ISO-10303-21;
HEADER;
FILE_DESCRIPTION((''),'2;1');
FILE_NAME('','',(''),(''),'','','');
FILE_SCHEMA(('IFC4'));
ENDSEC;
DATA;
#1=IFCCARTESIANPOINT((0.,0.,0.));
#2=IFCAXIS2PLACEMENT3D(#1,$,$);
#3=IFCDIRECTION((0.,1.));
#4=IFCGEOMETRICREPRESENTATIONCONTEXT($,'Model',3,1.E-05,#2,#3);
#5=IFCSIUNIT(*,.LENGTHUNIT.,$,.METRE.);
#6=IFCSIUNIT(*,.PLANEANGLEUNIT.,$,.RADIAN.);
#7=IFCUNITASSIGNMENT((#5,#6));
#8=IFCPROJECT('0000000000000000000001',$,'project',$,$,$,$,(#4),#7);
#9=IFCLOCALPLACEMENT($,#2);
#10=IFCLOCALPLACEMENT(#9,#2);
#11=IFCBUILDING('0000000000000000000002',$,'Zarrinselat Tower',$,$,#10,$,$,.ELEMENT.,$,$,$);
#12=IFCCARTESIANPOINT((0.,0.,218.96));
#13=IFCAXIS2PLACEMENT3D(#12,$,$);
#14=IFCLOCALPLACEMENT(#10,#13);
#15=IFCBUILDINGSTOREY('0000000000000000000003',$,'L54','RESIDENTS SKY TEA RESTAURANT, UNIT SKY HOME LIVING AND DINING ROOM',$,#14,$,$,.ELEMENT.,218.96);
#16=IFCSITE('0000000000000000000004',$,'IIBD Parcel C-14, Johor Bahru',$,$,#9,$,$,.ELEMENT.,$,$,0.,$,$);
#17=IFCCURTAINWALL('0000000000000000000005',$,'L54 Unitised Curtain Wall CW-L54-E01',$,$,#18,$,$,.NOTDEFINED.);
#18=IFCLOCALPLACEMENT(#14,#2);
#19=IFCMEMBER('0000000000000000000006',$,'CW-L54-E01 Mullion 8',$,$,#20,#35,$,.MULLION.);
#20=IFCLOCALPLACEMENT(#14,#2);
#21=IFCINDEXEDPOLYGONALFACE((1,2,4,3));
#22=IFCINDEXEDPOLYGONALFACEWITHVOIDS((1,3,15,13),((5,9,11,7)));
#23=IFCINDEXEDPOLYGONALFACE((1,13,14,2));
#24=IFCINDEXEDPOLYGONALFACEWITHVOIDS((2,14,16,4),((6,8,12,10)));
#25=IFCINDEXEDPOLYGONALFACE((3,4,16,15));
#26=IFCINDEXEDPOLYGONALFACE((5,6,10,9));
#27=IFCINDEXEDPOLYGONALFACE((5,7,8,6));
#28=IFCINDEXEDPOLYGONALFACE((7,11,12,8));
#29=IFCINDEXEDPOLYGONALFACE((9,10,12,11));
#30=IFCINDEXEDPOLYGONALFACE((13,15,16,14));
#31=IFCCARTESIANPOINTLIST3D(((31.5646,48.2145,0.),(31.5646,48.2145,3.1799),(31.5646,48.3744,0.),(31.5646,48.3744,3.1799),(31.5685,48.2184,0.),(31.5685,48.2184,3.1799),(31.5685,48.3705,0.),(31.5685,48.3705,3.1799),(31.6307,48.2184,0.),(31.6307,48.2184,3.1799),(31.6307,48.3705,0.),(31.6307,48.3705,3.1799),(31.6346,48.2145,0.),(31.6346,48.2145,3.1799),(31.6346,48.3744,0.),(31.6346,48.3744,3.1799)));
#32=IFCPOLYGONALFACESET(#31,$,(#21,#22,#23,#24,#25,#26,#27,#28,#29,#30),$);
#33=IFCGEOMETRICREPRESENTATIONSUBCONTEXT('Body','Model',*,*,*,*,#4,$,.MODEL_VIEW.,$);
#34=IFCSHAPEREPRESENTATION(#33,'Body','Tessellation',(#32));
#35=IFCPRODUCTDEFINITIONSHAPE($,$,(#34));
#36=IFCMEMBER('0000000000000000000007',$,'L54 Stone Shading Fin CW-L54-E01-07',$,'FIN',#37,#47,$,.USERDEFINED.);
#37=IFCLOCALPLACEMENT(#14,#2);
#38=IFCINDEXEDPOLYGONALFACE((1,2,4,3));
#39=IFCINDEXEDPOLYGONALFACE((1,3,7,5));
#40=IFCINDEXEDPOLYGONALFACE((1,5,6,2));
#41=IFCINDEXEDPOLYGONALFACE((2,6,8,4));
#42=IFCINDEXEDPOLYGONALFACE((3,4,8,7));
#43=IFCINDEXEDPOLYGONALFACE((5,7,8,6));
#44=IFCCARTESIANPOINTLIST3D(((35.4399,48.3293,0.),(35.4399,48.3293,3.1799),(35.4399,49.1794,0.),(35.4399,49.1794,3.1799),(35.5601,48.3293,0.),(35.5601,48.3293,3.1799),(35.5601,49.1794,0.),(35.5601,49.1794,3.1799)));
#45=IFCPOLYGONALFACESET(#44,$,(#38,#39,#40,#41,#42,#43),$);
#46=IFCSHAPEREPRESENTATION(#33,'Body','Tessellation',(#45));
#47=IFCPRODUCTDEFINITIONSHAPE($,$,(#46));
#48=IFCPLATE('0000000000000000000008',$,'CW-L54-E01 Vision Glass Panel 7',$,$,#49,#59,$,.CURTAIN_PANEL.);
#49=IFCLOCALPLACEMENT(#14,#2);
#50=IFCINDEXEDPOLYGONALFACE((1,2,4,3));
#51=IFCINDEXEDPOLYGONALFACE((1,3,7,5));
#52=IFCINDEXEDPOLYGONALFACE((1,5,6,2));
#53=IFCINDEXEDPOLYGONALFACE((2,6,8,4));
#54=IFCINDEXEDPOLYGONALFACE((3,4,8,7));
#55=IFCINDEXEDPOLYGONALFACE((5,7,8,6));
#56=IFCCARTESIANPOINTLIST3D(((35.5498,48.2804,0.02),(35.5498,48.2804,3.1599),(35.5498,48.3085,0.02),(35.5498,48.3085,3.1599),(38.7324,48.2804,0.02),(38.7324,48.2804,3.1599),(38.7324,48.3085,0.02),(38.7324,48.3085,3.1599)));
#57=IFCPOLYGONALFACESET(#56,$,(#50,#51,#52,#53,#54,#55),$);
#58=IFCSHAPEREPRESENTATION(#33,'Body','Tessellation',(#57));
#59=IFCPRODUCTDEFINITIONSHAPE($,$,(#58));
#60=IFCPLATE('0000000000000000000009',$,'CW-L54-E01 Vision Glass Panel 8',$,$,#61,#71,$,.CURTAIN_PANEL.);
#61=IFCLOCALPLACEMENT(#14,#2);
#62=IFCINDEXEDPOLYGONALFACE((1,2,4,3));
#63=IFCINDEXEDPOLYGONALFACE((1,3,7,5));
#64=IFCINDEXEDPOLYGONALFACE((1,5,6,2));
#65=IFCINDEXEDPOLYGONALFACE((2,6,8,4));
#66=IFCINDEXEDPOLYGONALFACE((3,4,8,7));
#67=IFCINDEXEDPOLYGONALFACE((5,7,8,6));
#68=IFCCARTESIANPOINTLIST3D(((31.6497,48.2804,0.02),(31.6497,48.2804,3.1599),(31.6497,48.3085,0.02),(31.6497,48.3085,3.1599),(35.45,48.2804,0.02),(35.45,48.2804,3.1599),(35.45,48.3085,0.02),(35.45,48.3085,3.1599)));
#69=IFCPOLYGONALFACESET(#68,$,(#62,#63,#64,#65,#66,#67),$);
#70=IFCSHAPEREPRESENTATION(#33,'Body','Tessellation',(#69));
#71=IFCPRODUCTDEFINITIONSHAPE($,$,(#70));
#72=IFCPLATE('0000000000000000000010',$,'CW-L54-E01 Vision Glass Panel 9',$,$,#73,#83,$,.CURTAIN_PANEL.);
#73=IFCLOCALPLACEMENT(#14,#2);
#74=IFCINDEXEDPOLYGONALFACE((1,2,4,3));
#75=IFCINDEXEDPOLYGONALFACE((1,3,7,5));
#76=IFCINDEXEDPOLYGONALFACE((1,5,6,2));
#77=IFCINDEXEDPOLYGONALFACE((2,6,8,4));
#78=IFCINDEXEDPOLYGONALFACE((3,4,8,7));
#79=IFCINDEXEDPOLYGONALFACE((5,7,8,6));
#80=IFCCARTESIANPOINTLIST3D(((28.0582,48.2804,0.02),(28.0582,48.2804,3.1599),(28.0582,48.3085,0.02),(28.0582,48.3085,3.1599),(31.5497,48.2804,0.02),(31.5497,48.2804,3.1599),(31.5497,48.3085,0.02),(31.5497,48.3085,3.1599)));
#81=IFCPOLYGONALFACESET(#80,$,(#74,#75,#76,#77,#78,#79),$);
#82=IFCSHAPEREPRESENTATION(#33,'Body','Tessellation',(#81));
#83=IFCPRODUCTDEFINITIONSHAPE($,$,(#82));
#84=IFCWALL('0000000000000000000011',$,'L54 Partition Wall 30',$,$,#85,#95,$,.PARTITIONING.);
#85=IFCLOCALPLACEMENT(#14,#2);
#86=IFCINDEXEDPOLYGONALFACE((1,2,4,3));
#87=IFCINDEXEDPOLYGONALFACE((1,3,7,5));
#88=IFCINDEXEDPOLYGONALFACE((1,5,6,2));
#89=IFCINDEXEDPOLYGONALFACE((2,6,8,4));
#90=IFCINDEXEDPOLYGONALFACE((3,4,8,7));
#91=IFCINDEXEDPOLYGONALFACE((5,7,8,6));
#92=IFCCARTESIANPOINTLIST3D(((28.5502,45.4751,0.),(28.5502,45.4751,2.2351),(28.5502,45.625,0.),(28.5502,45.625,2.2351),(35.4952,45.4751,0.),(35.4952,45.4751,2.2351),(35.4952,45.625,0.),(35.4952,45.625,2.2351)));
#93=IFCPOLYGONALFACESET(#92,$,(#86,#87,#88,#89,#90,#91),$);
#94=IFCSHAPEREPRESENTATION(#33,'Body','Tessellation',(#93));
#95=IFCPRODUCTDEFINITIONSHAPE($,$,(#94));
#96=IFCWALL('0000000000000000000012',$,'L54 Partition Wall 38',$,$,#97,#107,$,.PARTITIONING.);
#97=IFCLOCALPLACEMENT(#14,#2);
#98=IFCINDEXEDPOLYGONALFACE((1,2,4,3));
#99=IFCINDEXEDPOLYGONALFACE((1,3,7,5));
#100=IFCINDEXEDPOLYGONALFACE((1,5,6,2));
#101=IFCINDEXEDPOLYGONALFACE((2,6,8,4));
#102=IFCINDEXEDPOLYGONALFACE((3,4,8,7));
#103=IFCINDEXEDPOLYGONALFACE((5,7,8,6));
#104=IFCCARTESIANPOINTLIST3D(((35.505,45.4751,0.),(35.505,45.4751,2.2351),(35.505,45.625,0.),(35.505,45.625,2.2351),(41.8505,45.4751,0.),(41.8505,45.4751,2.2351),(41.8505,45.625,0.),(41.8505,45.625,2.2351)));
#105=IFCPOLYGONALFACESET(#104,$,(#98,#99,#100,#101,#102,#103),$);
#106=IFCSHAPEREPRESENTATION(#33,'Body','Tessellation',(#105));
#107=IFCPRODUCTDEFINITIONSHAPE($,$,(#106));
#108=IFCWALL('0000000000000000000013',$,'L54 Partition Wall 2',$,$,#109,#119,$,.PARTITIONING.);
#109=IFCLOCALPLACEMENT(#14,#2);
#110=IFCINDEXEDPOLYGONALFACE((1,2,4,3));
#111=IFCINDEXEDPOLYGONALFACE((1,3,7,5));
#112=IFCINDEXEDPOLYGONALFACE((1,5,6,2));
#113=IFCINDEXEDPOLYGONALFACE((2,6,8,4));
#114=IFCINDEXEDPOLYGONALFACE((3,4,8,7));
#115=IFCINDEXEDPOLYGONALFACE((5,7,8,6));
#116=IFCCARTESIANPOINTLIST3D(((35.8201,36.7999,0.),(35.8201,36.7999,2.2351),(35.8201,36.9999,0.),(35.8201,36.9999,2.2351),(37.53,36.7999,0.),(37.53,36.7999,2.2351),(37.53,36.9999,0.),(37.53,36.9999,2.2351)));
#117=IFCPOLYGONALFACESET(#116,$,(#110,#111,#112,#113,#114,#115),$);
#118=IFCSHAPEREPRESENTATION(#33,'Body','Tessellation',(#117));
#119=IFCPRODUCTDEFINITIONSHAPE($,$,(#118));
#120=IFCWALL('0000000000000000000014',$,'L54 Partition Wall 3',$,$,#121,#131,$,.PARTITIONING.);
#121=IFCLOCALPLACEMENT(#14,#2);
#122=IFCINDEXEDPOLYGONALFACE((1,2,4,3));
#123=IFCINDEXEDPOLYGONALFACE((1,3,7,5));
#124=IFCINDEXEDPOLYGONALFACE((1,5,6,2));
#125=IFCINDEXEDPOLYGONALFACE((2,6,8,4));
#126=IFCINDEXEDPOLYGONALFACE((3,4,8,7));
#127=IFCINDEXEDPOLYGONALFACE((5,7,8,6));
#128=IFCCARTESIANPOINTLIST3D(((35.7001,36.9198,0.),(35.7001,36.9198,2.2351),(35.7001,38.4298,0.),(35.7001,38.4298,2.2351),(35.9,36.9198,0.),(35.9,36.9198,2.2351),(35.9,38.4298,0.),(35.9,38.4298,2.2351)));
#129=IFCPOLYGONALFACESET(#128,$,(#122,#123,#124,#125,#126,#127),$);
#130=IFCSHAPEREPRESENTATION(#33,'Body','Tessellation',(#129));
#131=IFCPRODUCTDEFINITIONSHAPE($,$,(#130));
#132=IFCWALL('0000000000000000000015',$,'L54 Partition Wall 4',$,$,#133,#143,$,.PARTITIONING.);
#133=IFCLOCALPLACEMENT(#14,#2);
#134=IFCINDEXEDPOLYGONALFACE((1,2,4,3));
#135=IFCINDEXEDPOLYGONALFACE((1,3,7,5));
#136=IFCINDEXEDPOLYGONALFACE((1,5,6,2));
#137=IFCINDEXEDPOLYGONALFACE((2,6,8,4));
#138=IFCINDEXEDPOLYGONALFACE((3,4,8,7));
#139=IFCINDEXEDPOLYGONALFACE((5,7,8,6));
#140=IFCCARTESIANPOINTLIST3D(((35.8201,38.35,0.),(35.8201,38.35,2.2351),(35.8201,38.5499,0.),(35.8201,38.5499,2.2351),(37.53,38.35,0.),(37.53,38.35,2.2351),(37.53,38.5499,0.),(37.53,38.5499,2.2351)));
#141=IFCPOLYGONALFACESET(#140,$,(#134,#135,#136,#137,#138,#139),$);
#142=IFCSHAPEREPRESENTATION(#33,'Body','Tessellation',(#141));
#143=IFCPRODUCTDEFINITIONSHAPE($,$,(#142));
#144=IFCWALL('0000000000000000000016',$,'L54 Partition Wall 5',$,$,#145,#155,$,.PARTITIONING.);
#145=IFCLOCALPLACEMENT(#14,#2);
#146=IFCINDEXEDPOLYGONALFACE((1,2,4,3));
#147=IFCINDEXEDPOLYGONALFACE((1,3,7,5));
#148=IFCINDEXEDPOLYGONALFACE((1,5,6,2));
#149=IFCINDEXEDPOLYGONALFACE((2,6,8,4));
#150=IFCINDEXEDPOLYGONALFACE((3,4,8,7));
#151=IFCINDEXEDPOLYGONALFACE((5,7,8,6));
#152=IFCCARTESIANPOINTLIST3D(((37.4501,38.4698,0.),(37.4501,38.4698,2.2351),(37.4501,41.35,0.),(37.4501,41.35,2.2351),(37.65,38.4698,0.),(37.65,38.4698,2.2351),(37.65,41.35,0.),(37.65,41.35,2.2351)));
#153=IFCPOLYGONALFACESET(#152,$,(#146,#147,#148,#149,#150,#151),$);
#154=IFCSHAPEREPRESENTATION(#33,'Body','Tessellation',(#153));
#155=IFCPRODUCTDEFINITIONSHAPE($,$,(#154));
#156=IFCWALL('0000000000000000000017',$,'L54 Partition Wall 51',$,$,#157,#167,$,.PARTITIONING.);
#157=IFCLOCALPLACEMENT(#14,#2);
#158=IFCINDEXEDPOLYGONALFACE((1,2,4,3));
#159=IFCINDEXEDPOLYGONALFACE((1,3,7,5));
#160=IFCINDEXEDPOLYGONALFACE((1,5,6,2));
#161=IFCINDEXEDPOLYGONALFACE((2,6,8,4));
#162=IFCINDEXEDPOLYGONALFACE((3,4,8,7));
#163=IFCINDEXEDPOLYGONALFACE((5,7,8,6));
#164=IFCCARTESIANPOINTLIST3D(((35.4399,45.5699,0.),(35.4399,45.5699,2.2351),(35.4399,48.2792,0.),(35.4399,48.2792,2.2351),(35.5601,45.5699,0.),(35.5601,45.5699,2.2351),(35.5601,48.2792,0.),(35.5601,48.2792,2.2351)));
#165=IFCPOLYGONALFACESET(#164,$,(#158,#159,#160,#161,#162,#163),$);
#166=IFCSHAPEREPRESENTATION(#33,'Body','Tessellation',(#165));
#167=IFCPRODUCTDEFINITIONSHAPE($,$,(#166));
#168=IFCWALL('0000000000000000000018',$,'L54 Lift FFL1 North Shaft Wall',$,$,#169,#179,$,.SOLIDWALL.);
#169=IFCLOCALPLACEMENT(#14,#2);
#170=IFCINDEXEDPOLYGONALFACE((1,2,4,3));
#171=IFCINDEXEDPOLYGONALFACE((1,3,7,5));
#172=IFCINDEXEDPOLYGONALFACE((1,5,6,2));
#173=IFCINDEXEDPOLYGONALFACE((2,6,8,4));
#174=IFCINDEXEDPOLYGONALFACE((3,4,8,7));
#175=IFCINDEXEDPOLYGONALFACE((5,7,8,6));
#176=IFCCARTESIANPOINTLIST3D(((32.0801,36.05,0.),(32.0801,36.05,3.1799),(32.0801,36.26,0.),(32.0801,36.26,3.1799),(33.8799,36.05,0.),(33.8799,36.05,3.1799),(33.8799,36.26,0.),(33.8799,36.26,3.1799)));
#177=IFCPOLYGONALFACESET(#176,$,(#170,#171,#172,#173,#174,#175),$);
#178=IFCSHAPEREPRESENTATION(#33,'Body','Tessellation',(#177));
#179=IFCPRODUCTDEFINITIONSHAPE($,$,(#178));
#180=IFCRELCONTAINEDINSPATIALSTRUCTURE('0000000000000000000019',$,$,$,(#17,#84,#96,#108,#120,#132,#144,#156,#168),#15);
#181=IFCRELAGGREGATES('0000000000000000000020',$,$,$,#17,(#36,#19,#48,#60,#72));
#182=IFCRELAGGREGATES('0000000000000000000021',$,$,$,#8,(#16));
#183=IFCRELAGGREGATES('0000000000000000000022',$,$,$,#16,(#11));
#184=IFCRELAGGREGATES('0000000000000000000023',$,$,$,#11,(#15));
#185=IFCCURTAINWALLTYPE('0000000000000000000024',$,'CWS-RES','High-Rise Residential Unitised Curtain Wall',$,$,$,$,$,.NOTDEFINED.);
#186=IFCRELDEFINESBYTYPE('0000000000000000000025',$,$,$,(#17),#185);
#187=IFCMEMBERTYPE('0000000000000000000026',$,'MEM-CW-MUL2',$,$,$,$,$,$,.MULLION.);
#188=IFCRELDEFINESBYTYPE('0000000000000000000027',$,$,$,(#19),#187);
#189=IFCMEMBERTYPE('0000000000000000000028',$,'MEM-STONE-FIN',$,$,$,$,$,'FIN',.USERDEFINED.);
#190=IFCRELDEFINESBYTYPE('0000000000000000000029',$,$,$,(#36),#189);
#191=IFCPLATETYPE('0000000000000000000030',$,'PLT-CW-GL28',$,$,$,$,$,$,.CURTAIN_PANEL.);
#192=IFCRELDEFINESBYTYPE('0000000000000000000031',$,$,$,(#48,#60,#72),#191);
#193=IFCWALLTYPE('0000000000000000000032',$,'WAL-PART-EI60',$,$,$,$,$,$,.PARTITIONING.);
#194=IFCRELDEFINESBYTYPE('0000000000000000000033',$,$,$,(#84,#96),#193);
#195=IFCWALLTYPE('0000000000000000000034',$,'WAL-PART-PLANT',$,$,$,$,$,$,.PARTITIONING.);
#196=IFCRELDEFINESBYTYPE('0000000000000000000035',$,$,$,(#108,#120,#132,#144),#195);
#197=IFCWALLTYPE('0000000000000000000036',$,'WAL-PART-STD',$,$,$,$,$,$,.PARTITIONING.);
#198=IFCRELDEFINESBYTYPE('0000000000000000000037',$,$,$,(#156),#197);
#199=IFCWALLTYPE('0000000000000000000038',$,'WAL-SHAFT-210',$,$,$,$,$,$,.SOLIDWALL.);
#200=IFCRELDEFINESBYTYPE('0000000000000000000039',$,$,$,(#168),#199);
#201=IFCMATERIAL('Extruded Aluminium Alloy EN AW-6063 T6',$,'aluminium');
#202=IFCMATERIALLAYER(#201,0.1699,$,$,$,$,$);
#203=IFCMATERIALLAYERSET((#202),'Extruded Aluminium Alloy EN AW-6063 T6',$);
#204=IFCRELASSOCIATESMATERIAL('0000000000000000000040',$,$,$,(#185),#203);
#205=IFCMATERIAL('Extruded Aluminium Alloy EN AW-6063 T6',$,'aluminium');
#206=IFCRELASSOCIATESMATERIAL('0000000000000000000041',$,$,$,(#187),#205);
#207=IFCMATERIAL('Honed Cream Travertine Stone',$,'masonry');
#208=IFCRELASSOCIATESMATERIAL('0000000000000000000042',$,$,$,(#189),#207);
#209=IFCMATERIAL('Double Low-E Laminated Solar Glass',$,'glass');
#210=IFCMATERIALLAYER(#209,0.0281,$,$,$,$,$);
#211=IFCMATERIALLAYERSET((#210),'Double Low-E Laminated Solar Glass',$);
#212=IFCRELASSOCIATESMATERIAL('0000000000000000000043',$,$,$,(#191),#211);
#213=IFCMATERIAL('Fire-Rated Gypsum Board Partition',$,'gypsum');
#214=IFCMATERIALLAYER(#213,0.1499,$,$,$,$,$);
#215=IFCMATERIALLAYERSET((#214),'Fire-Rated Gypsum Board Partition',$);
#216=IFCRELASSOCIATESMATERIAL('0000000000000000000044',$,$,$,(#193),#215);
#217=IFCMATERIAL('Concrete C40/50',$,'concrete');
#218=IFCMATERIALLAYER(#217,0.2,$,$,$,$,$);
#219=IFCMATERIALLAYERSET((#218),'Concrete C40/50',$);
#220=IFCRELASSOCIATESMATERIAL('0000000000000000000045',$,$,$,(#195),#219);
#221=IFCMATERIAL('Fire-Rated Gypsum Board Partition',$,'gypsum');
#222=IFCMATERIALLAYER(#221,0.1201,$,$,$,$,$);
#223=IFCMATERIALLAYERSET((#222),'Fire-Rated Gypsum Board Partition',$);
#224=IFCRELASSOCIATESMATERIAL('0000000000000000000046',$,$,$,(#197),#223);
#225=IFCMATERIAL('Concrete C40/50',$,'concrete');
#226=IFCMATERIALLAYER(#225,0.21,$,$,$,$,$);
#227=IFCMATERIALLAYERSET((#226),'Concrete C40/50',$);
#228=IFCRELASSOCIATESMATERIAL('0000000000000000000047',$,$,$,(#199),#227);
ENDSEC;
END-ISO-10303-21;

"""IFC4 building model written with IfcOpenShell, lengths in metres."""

from ifc_helpers import new_model, si_unit, direction, frame, frame_2d, origin, origin_2d, place, context, subcontext, project, spatial, rectangle, hollow_rectangle, extrude, material, layer, layer_set, material_profile, profile_set, type_object, element, aggregate, save


model = new_model("IFC4")

# Units and contexts
model_context = context("Model", 3, precision=1e-05, world=origin(), true_north=direction((0.0, 1.0)))
body_context = subcontext(model_context, "Body", "Model", "MODEL_VIEW")
ifc_project = project(units=[si_unit("LENGTHUNIT", "METRE"), si_unit("PLANEANGLEUNIT", "RADIAN")], contexts=[model_context])

# Site, building, storey
site_placement = place(None, origin())
site = spatial("IfcSite", under=ifc_project, at=site_placement, Name="IIBD Parcel C-14, Johor Bahru", CompositionType="ELEMENT", RefElevation=0.0)
building_placement = place(site_placement, origin())
building = spatial("IfcBuilding", under=site, at=building_placement, Name="Zarrinselat Tower", CompositionType="ELEMENT")
storey_placement = place(building_placement, frame((0.0, 0.0, 218.96)))
storey = spatial("IfcBuildingStorey", under=building, at=storey_placement, Name="L54", Description="RESIDENTS SKY TEA RESTAURANT, UNIT SKY HOME LIVING AND DINING ROOM", CompositionType="ELEMENT", Elevation=218.96)

# Curtain wall, members, plates
ifc_material_1 = material(Name="Extruded Aluminium Alloy EN AW-6063 T6", Category="aluminium")
ifc_layer_1 = layer(ifc_material_1, 0.1699)
ifc_layer_set_1 = layer_set([ifc_layer_1], Name="Extruded Aluminium Alloy EN AW-6063 T6")
curtain_wall_type = type_object("IfcCurtainWallType", Name="CWS-RES", Description="High-Rise Residential Unitised Curtain Wall", PredefinedType="NOTDEFINED", material=ifc_layer_set_1)
curtain_wall_placement = place(storey_placement, origin())
curtain_wall = element("IfcCurtainWall", 1, at=curtain_wall_placement, inside=storey, type_object=curtain_wall_type, Name="L54 Unitised Curtain Wall CW-L54-E01", PredefinedType="NOTDEFINED")
ifc_material_2 = material(Name="Extruded Aluminium Alloy EN AW-6063 T6", Category="aluminium")
ifc_material_profile_1 = material_profile(ifc_material_2, hollow_rectangle(XDim=0.0701, YDim=0.1599, WallThickness=0.0039, at=origin_2d()), Name="RHS 160x70x4")
ifc_profile_set_1 = profile_set([ifc_material_profile_1], Name="Extruded Aluminium Alloy EN AW-6063 T6")
member_type_1 = type_object("IfcMemberType", Name="MEM-CW-MUL2", PredefinedType="MULLION", material=ifc_profile_set_1)
member_1_placement = place(storey_placement, frame((31.5996, 48.2944, 0.0), z_axis=(0.0, 0.0, 1.0), x_axis=(-1.0, 0.0, 0.0)))
member_1 = element("IfcMember", 2, at=member_1_placement, type_object=member_type_1, Name="CW-L54-E01 Mullion 8", PredefinedType="MULLION", context=body_context, shape_type="SweptSolid", body=[
    extrude(hollow_rectangle(XDim=0.0701, YDim=0.1599, WallThickness=0.0039, at=origin_2d()), origin(), (0.0, 0.0, 1.0), 3.1799),
])
ifc_material_3 = material(Name="Honed Cream Travertine Stone", Category="masonry")
ifc_material_profile_2 = material_profile(ifc_material_3, rectangle(XDim=0.1201, YDim=0.8501, at=origin_2d()), Name="FIN 850x120")
ifc_profile_set_2 = profile_set([ifc_material_profile_2], Name="Honed Cream Travertine Stone")
member_type_2 = type_object("IfcMemberType", Name="MEM-STONE-FIN", ElementType="FIN", PredefinedType="USERDEFINED", material=ifc_profile_set_2)
member_2_placement = place(storey_placement, frame((35.5, 48.7544, 0.0), z_axis=(0.0, 0.0, 1.0), x_axis=(1.0, 0.0, 0.0)))
member_2 = element("IfcMember", 3, at=member_2_placement, type_object=member_type_2, Name="L54 Stone Shading Fin CW-L54-E01-07", ObjectType="FIN", PredefinedType="USERDEFINED", context=body_context, shape_type="SweptSolid", body=[
    extrude(rectangle(XDim=0.1201, YDim=0.8501, at=origin_2d()), origin(), (0.0, 0.0, 1.0), 3.1799),
])
ifc_material_4 = material(Name="Double Low-E Laminated Solar Glass", Category="glass")
ifc_layer_2 = layer(ifc_material_4, 0.0281)
ifc_layer_set_2 = layer_set([ifc_layer_2], Name="Double Low-E Laminated Solar Glass")
plate_type = type_object("IfcPlateType", Name="PLT-CW-GL28", PredefinedType="CURTAIN_PANEL", material=ifc_layer_set_2)
plate_1_placement = place(storey_placement, frame((37.1411, 48.2944, 0.02), z_axis=(0.0, 0.0, 1.0), x_axis=(-1.0, 0.0, 0.0)))
plate_1 = element("IfcPlate", 4, at=plate_1_placement, type_object=plate_type, Name="CW-L54-E01 Vision Glass Panel 7", PredefinedType="CURTAIN_PANEL", context=body_context, shape_type="SweptSolid", body=[
    extrude(rectangle(XDim=3.1826, YDim=0.0281, at=origin_2d()), origin(), (0.0, 0.0, 1.0), 3.1399),
])
plate_2_placement = place(storey_placement, frame((33.5498, 48.2944, 0.02), z_axis=(0.0, 0.0, 1.0), x_axis=(-1.0, 0.0, 0.0)))
plate_2 = element("IfcPlate", 5, at=plate_2_placement, type_object=plate_type, Name="CW-L54-E01 Vision Glass Panel 8", PredefinedType="CURTAIN_PANEL", context=body_context, shape_type="SweptSolid", body=[
    extrude(rectangle(XDim=3.8003, YDim=0.0281, at=origin_2d()), origin(), (0.0, 0.0, 1.0), 3.1399),
])
plate_3_placement = place(storey_placement, frame((29.804, 48.2944, 0.02), z_axis=(0.0, 0.0, 1.0), x_axis=(-1.0, 0.0, 0.0)))
plate_3 = element("IfcPlate", 6, at=plate_3_placement, type_object=plate_type, Name="CW-L54-E01 Vision Glass Panel 9", PredefinedType="CURTAIN_PANEL", context=body_context, shape_type="SweptSolid", body=[
    extrude(rectangle(XDim=3.4915, YDim=0.0281, at=origin_2d()), origin(), (0.0, 0.0, 1.0), 3.1399),
])
aggregate(curtain_wall, [member_2, member_1, plate_1, plate_2, plate_3])

# Walls
ifc_material_5 = material(Name="Fire-Rated Gypsum Board Partition", Category="gypsum")
ifc_layer_3 = layer(ifc_material_5, 0.1499)
ifc_layer_set_3 = layer_set([ifc_layer_3], Name="Fire-Rated Gypsum Board Partition")
wall_type_1 = type_object("IfcWallType", Name="WAL-PART-EI60", PredefinedType="PARTITIONING", material=ifc_layer_set_3)
wall_1_placement = place(storey_placement, frame((28.55, 45.55, 0.0), z_axis=(0.0, 0.0, 1.0), x_axis=(1.0, 0.0, 0.0)))
element("IfcWall", 7, at=wall_1_placement, inside=storey, type_object=wall_type_1, Name="L54 Partition Wall 30", PredefinedType="PARTITIONING", context=body_context, shape_type="SweptSolid", body=[
    extrude(rectangle(XDim=6.9451, YDim=0.1499, at=frame_2d((3.4727, 0.0))), origin(), (0.0, 0.0, 1.0), 2.2351),
])
wall_2_placement = place(storey_placement, frame((35.5049, 45.55, 0.0), z_axis=(0.0, 0.0, 1.0), x_axis=(1.0, 0.0, 0.0)))
element("IfcWall", 8, at=wall_2_placement, inside=storey, type_object=wall_type_1, Name="L54 Partition Wall 38", PredefinedType="PARTITIONING", context=body_context, shape_type="SweptSolid", body=[
    extrude(rectangle(XDim=6.3455, YDim=0.1499, at=frame_2d((3.1729, 0.0))), origin(), (0.0, 0.0, 1.0), 2.2351),
])
ifc_material_6 = material(Name="Concrete C40/50", Category="concrete")
ifc_layer_4 = layer(ifc_material_6, 0.2)
ifc_layer_set_4 = layer_set([ifc_layer_4], Name="Concrete C40/50")
wall_type_2 = type_object("IfcWallType", Name="WAL-PART-PLANT", PredefinedType="PARTITIONING", material=ifc_layer_set_4)
wall_3_placement = place(storey_placement, frame((35.8201, 36.8999, 0.0), z_axis=(0.0, 0.0, 1.0), x_axis=(1.0, 0.0, 0.0)))
element("IfcWall", 9, at=wall_3_placement, inside=storey, type_object=wall_type_2, Name="L54 Partition Wall 2", PredefinedType="PARTITIONING", context=body_context, shape_type="SweptSolid", body=[
    extrude(rectangle(XDim=1.71, YDim=0.2, at=frame_2d((0.855, 0.0))), origin(), (0.0, 0.0, 1.0), 2.2351),
])
wall_4_placement = place(storey_placement, frame((35.8, 36.9199, 0.0), z_axis=(0.0, 0.0, 1.0), x_axis=(0.0, 1.0, 0.0)))
element("IfcWall", 10, at=wall_4_placement, inside=storey, type_object=wall_type_2, Name="L54 Partition Wall 3", PredefinedType="PARTITIONING", context=body_context, shape_type="SweptSolid", body=[
    extrude(rectangle(XDim=1.51, YDim=0.2, at=frame_2d((0.7549, 0.0))), origin(), (0.0, 0.0, 1.0), 2.2351),
])
wall_5_placement = place(storey_placement, frame((35.8201, 38.45, 0.0), z_axis=(0.0, 0.0, 1.0), x_axis=(1.0, 0.0, 0.0)))
element("IfcWall", 11, at=wall_5_placement, inside=storey, type_object=wall_type_2, Name="L54 Partition Wall 4", PredefinedType="PARTITIONING", context=body_context, shape_type="SweptSolid", body=[
    extrude(rectangle(XDim=1.71, YDim=0.2, at=frame_2d((0.855, 0.0))), origin(), (0.0, 0.0, 1.0), 2.2351),
])
wall_6_placement = place(storey_placement, frame((37.55, 38.47, 0.0), z_axis=(0.0, 0.0, 1.0), x_axis=(0.0, 1.0, 0.0)))
element("IfcWall", 12, at=wall_6_placement, inside=storey, type_object=wall_type_2, Name="L54 Partition Wall 5", PredefinedType="PARTITIONING", context=body_context, shape_type="SweptSolid", body=[
    extrude(rectangle(XDim=2.8801, YDim=0.2, at=frame_2d((1.4399, 0.0))), origin(), (0.0, 0.0, 1.0), 2.2351),
])
ifc_material_7 = material(Name="Fire-Rated Gypsum Board Partition", Category="gypsum")
ifc_layer_5 = layer(ifc_material_7, 0.1201)
ifc_layer_set_5 = layer_set([ifc_layer_5], Name="Fire-Rated Gypsum Board Partition")
wall_type_3 = type_object("IfcWallType", Name="WAL-PART-STD", PredefinedType="PARTITIONING", material=ifc_layer_set_5)
wall_7_placement = place(storey_placement, frame((35.5, 45.5701, 0.0), z_axis=(0.0, 0.0, 1.0), x_axis=(0.0, 1.0, 0.0)))
element("IfcWall", 13, at=wall_7_placement, inside=storey, type_object=wall_type_3, Name="L54 Partition Wall 51", PredefinedType="PARTITIONING", context=body_context, shape_type="SweptSolid", body=[
    extrude(rectangle(XDim=2.7092, YDim=0.1201, at=frame_2d((1.3545, 0.0))), origin(), (0.0, 0.0, 1.0), 2.2351),
])
ifc_material_8 = material(Name="Concrete C40/50", Category="concrete")
ifc_layer_6 = layer(ifc_material_8, 0.21)
ifc_layer_set_6 = layer_set([ifc_layer_6], Name="Concrete C40/50")
wall_type_4 = type_object("IfcWallType", Name="WAL-SHAFT-210", PredefinedType="SOLIDWALL", material=ifc_layer_set_6)
wall_8_placement = place(storey_placement, frame((32.0801, 36.155, 0.0), z_axis=(0.0, 0.0, 1.0), x_axis=(1.0, 0.0, 0.0)))
element("IfcWall", 14, at=wall_8_placement, inside=storey, type_object=wall_type_4, Name="L54 Lift FFL1 North Shaft Wall", PredefinedType="SOLIDWALL", context=body_context, shape_type="SweptSolid", body=[
    extrude(rectangle(XDim=1.7998, YDim=0.21, at=frame_2d((0.8999, 0.0))), origin(), (0.0, 0.0, 1.0), 3.1799),
])

save(model, "model.ifc")
